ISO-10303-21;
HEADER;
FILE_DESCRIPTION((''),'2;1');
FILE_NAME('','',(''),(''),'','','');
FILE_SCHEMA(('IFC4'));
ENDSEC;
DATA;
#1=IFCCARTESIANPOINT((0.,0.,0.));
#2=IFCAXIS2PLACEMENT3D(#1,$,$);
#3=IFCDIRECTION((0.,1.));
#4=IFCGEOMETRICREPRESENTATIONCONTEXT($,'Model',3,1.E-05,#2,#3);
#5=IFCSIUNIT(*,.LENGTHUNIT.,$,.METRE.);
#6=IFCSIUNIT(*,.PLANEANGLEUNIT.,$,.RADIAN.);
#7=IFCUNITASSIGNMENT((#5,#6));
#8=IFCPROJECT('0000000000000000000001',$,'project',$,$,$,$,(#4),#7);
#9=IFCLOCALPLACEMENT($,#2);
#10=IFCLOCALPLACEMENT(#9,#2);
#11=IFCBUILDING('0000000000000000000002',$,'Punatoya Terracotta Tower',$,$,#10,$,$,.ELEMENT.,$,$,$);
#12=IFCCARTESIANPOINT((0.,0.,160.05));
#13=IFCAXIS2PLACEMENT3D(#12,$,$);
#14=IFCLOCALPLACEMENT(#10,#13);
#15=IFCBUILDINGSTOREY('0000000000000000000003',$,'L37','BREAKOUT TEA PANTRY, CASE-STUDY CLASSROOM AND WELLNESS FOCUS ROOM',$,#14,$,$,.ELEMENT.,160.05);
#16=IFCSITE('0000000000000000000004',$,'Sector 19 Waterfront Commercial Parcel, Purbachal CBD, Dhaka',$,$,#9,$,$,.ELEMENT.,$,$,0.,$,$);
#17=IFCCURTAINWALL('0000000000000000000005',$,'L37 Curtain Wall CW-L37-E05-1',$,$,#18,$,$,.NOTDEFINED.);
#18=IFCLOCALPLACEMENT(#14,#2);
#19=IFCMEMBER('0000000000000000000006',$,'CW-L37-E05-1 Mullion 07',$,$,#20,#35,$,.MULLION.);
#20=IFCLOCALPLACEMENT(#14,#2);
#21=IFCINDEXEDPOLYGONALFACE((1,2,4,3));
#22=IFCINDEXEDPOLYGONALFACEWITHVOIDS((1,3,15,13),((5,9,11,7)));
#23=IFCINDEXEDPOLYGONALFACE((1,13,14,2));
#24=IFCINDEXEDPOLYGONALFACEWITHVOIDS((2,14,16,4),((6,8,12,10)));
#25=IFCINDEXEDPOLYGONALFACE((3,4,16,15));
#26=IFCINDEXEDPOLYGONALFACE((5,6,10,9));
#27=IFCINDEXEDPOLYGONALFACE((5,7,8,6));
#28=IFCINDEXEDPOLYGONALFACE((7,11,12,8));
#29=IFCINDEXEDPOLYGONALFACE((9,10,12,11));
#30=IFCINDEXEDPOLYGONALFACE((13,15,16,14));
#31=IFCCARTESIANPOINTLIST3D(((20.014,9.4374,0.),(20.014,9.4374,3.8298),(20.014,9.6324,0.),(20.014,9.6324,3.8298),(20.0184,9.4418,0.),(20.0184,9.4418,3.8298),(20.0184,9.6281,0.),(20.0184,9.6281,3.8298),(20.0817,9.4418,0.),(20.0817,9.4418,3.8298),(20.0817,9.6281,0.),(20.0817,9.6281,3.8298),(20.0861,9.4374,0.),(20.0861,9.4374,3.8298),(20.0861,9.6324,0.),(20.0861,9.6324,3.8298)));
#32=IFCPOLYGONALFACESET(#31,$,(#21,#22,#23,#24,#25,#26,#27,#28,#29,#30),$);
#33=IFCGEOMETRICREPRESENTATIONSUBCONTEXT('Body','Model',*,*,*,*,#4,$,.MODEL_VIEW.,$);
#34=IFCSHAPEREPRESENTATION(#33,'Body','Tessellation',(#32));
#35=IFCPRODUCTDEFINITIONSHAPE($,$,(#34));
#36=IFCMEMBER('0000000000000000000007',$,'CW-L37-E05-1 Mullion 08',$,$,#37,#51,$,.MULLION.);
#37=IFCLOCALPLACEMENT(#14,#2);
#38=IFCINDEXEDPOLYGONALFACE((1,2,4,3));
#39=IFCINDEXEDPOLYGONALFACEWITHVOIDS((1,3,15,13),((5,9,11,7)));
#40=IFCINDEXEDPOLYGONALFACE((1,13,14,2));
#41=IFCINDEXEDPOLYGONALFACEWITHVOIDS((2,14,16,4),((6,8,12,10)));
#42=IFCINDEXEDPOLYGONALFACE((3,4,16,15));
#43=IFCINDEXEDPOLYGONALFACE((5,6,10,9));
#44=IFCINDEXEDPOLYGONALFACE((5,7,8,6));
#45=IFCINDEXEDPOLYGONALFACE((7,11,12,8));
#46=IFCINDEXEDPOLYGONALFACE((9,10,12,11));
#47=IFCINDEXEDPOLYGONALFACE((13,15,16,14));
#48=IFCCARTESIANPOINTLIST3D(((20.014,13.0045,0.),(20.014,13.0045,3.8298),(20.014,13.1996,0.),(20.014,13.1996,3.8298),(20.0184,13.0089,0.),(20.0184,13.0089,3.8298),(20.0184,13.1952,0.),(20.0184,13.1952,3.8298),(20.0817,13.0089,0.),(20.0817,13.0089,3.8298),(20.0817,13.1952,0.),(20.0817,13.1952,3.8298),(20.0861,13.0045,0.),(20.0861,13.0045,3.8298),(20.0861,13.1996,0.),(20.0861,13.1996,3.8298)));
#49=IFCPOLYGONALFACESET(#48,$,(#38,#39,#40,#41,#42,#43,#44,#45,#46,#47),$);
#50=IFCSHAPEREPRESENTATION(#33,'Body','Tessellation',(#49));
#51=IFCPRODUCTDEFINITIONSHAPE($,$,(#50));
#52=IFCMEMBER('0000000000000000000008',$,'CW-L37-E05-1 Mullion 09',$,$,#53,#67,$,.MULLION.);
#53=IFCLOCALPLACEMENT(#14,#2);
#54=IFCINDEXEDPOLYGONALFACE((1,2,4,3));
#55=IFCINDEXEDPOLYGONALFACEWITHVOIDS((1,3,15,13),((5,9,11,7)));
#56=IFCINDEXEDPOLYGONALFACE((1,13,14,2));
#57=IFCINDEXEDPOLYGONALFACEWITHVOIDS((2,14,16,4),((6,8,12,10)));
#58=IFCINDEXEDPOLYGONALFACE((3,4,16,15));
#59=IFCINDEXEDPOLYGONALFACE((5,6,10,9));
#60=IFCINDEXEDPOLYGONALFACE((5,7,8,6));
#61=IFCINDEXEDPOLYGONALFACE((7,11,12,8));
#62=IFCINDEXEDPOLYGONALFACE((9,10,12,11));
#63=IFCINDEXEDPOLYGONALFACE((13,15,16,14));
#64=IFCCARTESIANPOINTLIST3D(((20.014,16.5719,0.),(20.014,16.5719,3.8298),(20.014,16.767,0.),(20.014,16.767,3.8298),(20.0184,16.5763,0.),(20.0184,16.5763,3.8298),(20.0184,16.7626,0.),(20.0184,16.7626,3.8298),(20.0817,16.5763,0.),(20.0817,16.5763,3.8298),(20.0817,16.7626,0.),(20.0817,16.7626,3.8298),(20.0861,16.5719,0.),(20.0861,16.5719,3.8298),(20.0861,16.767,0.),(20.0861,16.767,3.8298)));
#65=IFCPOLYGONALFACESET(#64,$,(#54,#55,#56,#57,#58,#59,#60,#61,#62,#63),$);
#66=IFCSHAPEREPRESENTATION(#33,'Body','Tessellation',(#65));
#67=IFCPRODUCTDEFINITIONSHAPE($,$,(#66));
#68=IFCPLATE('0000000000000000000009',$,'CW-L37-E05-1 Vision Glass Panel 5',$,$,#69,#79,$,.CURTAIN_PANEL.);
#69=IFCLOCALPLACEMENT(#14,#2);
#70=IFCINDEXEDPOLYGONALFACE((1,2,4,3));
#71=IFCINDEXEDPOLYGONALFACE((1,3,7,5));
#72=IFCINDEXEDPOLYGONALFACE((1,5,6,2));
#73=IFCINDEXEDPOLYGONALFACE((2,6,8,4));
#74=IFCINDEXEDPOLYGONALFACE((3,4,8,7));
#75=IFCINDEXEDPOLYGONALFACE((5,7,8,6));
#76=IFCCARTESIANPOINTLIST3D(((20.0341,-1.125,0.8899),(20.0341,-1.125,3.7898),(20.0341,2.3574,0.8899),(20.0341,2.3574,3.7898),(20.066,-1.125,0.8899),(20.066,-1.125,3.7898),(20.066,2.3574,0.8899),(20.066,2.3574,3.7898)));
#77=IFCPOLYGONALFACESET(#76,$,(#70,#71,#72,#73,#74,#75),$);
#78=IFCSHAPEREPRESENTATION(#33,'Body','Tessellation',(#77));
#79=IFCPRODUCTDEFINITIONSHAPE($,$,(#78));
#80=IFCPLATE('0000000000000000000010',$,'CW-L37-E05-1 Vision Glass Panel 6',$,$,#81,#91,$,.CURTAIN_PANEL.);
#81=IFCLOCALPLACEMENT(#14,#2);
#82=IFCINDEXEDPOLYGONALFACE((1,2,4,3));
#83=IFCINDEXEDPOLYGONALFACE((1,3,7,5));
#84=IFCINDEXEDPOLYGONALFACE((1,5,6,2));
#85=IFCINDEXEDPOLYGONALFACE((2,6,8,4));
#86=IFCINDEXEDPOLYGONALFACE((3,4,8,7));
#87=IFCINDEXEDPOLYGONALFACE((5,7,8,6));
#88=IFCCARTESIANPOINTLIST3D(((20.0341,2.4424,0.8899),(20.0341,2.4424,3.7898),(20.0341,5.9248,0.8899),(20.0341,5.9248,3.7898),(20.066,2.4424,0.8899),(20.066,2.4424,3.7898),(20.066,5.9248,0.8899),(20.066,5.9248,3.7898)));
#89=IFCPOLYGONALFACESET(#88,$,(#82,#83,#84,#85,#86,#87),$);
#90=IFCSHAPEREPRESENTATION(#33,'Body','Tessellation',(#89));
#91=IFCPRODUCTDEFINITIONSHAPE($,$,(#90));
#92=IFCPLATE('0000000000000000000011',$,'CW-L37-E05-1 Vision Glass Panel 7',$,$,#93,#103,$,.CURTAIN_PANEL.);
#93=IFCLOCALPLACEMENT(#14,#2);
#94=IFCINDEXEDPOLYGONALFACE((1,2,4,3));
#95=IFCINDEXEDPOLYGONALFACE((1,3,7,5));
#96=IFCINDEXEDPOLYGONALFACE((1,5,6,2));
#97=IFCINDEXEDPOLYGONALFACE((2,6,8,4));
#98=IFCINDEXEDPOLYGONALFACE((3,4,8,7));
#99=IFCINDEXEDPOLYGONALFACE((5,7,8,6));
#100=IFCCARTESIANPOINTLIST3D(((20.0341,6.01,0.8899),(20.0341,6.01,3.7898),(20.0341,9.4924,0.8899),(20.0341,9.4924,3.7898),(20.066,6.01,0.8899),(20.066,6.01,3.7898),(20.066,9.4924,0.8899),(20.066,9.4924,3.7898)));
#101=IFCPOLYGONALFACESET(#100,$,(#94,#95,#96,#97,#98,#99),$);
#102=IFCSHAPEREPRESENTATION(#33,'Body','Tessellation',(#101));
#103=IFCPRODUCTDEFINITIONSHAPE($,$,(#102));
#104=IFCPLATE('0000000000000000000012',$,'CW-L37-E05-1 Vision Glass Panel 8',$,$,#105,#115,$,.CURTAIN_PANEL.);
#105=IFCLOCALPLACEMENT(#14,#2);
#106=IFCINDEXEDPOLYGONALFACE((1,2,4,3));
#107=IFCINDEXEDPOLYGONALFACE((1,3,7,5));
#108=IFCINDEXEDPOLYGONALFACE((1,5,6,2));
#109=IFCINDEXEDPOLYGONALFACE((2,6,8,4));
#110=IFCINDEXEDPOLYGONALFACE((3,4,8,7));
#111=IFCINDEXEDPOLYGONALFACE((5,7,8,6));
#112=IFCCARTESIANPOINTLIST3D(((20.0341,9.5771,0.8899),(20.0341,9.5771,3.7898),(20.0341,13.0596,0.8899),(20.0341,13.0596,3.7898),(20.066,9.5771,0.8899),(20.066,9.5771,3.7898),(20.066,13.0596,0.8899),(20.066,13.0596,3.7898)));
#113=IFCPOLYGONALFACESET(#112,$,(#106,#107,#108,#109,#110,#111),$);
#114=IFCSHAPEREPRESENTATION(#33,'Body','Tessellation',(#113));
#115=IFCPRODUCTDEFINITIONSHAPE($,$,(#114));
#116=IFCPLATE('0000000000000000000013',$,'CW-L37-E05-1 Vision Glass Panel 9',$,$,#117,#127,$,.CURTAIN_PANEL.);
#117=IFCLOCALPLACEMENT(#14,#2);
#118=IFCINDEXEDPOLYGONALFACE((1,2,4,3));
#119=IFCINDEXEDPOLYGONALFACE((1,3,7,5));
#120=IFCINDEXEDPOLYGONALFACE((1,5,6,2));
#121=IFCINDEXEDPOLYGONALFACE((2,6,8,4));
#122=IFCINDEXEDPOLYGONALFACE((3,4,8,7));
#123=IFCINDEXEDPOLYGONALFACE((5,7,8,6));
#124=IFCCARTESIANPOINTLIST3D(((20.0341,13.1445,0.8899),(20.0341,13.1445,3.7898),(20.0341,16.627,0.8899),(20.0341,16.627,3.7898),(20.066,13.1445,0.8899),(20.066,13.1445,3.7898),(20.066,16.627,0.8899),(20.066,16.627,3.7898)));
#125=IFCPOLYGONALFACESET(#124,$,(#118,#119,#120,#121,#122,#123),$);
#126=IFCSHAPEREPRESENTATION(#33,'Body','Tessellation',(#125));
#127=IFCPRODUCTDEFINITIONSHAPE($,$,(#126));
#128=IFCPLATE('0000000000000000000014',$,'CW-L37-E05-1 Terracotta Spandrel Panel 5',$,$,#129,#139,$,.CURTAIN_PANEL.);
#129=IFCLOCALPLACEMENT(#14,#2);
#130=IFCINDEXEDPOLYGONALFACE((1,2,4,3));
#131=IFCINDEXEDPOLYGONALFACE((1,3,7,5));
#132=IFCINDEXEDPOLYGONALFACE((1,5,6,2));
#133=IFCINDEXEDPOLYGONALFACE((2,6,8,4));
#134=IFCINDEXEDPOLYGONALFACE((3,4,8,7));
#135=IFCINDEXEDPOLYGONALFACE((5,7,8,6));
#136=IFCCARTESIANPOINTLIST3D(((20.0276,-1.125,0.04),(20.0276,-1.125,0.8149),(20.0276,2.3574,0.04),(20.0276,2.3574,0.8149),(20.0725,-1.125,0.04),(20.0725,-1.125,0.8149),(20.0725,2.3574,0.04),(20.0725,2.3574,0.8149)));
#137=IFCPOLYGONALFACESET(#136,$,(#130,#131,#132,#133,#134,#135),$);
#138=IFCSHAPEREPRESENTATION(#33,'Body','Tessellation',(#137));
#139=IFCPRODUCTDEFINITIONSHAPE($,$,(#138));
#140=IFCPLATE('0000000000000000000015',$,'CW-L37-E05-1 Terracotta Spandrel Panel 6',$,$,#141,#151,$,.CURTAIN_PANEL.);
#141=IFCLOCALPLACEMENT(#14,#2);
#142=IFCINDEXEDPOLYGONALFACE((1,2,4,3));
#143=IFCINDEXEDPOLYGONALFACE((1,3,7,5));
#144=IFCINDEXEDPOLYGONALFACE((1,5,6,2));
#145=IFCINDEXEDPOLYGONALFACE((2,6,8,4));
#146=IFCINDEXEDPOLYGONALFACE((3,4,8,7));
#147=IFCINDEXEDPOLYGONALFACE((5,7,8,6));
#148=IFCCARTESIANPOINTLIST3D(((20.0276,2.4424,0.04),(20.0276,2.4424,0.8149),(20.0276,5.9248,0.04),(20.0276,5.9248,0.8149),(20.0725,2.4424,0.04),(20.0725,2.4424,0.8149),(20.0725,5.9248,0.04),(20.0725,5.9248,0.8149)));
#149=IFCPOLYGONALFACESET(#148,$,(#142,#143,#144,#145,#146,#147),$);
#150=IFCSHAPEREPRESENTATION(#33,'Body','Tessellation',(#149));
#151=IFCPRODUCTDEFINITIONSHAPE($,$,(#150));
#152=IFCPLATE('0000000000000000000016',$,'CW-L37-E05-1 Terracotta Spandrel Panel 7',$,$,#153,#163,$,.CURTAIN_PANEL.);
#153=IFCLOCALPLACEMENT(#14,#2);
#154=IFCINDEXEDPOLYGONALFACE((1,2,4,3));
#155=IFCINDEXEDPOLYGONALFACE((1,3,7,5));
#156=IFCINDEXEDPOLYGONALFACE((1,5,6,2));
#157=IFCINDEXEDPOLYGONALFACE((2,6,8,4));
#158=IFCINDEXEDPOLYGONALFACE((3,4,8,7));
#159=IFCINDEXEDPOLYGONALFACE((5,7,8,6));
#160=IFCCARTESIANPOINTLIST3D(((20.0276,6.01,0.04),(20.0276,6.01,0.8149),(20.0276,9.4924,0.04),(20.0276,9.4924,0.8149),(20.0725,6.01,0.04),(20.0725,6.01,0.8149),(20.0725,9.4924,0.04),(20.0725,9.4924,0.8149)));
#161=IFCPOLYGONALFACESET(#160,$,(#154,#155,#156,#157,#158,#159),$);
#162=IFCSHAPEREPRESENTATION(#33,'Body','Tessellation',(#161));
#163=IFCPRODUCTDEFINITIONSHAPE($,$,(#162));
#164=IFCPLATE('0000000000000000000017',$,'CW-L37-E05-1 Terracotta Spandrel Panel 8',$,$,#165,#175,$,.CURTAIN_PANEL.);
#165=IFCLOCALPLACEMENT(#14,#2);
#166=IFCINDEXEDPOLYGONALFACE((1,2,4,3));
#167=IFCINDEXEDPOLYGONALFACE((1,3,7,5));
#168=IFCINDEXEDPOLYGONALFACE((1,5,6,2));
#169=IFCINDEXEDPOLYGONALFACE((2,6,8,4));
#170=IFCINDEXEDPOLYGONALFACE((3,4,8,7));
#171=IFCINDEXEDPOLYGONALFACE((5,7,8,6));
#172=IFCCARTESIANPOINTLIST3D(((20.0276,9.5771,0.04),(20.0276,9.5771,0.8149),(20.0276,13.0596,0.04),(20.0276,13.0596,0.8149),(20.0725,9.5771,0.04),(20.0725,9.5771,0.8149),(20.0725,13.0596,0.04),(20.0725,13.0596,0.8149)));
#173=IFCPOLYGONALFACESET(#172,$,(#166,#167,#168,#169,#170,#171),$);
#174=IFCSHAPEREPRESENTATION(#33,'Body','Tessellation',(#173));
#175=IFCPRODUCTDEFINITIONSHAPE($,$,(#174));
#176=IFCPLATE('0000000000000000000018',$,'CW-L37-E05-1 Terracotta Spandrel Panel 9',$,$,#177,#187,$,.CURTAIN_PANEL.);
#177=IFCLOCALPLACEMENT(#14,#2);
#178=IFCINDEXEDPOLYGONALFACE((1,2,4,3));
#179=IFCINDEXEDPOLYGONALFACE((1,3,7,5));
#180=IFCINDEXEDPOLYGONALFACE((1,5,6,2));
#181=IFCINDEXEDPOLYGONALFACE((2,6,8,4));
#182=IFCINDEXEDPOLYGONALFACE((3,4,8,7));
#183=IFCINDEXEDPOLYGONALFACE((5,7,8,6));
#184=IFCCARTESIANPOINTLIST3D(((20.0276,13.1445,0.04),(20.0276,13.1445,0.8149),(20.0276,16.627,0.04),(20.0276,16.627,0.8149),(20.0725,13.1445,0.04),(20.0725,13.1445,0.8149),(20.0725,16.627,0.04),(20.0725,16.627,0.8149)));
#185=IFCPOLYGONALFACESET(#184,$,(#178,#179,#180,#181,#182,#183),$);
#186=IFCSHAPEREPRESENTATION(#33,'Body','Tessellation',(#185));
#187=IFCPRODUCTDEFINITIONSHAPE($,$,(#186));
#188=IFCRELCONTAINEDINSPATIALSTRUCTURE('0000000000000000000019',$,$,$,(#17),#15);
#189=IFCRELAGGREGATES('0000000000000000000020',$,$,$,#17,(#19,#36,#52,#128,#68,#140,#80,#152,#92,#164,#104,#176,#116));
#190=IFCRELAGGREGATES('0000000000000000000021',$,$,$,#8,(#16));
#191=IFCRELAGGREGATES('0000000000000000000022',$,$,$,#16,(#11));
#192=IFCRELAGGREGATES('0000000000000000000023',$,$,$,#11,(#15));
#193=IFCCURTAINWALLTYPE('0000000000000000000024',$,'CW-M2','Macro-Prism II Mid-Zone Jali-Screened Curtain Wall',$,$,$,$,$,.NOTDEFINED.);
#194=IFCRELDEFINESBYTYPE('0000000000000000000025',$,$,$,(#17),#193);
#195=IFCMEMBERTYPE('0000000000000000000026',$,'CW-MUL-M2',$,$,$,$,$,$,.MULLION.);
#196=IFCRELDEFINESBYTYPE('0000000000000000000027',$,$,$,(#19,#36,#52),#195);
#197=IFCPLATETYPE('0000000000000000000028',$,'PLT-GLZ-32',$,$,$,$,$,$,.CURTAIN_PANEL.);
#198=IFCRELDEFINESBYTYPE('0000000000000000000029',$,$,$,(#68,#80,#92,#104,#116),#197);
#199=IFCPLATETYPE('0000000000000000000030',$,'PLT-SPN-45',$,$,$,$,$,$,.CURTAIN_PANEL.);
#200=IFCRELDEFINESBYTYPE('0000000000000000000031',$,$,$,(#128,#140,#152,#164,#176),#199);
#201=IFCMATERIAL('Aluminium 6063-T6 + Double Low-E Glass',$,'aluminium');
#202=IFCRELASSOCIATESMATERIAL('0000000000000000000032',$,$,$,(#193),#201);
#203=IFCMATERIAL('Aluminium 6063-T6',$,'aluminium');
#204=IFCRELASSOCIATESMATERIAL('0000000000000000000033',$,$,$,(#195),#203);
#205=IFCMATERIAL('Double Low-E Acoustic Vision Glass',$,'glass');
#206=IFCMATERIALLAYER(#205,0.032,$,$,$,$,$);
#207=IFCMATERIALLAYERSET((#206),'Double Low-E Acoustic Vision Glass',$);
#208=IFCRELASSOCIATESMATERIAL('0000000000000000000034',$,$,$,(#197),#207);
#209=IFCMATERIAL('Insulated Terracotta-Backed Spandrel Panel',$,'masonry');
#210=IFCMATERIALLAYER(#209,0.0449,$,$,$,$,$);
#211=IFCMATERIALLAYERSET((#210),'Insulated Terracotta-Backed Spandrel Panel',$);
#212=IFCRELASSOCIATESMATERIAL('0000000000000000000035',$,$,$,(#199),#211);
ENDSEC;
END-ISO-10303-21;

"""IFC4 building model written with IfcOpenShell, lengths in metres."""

from ifc_helpers import new_model, si_unit, direction, frame, origin, origin_2d, place, context, subcontext, project, spatial, rectangle, hollow_rectangle, extrude, material, layer, layer_set, material_profile, profile_set, type_object, element, aggregate, save


model = new_model("IFC4")

# Units and contexts
model_context = context("Model", 3, precision=1e-05, world=origin(), true_north=direction((0.0, 1.0)))
body_context = subcontext(model_context, "Body", "Model", "MODEL_VIEW")
ifc_project = project(units=[si_unit("LENGTHUNIT", "METRE"), si_unit("PLANEANGLEUNIT", "RADIAN")], contexts=[model_context])

# Site, building, storey
site_placement = place(None, origin())
site = spatial("IfcSite", under=ifc_project, at=site_placement, Name="Sector 19 Waterfront Commercial Parcel, Purbachal CBD, Dhaka", CompositionType="ELEMENT", RefElevation=0.0)
building_placement = place(site_placement, origin())
building = spatial("IfcBuilding", under=site, at=building_placement, Name="Punatoya Terracotta Tower", CompositionType="ELEMENT")
storey_placement = place(building_placement, frame((0.0, 0.0, 160.05)))
storey = spatial("IfcBuildingStorey", under=building, at=storey_placement, Name="L37", Description="BREAKOUT TEA PANTRY, CASE-STUDY CLASSROOM AND WELLNESS FOCUS ROOM", CompositionType="ELEMENT", Elevation=160.05)

# Curtain wall, members, plates
ifc_material_1 = material(Name="Aluminium 6063-T6 + Double Low-E Glass", Category="aluminium")
curtain_wall_type = type_object("IfcCurtainWallType", Name="CW-M2", Description="Macro-Prism II Mid-Zone Jali-Screened Curtain Wall", PredefinedType="NOTDEFINED", material=ifc_material_1)
curtain_wall_placement = place(storey_placement, origin())
curtain_wall = element("IfcCurtainWall", 1, at=curtain_wall_placement, inside=storey, type_object=curtain_wall_type, Name="L37 Curtain Wall CW-L37-E05-1", PredefinedType="NOTDEFINED")
ifc_material_2 = material(Name="Aluminium 6063-T6", Category="aluminium")
ifc_material_profile_1 = material_profile(ifc_material_2, hollow_rectangle(XDim=0.072, YDim=0.1951, WallThickness=0.0044, at=origin_2d()))
ifc_profile_set_1 = profile_set([ifc_material_profile_1], Name="Aluminium 6063-T6")
member_type = type_object("IfcMemberType", Name="CW-MUL-M2", PredefinedType="MULLION", material=ifc_profile_set_1)
member_1_placement = place(storey_placement, frame((20.05, 9.5349, 0.0), z_axis=(0.0, 0.0, 1.0), x_axis=(1.0, 0.0, 0.0)))
member_1 = element("IfcMember", 2, at=member_1_placement, type_object=member_type, Name="CW-L37-E05-1 Mullion 07", PredefinedType="MULLION", context=body_context, shape_type="SweptSolid", body=[
    extrude(hollow_rectangle(XDim=0.072, YDim=0.1951, WallThickness=0.0044, at=origin_2d()), origin(), (0.0, 0.0, 1.0), 3.8298),
])
member_2_placement = place(storey_placement, frame((20.05, 13.1021, 0.0), z_axis=(0.0, 0.0, 1.0), x_axis=(1.0, 0.0, 0.0)))
member_2 = element("IfcMember", 3, at=member_2_placement, type_object=member_type, Name="CW-L37-E05-1 Mullion 08", PredefinedType="MULLION", context=body_context, shape_type="SweptSolid", body=[
    extrude(hollow_rectangle(XDim=0.072, YDim=0.1951, WallThickness=0.0044, at=origin_2d()), origin(), (0.0, 0.0, 1.0), 3.8298),
])
member_3_placement = place(storey_placement, frame((20.05, 16.6694, 0.0), z_axis=(0.0, 0.0, 1.0), x_axis=(1.0, 0.0, 0.0)))
member_3 = element("IfcMember", 4, at=member_3_placement, type_object=member_type, Name="CW-L37-E05-1 Mullion 09", PredefinedType="MULLION", context=body_context, shape_type="SweptSolid", body=[
    extrude(hollow_rectangle(XDim=0.072, YDim=0.1951, WallThickness=0.0044, at=origin_2d()), origin(), (0.0, 0.0, 1.0), 3.8298),
])
ifc_material_3 = material(Name="Double Low-E Acoustic Vision Glass", Category="glass")
ifc_layer_1 = layer(ifc_material_3, 0.032)
ifc_layer_set_1 = layer_set([ifc_layer_1], Name="Double Low-E Acoustic Vision Glass")
plate_type_1 = type_object("IfcPlateType", Name="PLT-GLZ-32", PredefinedType="CURTAIN_PANEL", material=ifc_layer_set_1)
plate_1_placement = place(storey_placement, frame((20.05, 0.6162, 0.8899), z_axis=(0.0, 0.0, 1.0), x_axis=(0.0, 1.0, 0.0)))
plate_1 = element("IfcPlate", 5, at=plate_1_placement, type_object=plate_type_1, Name="CW-L37-E05-1 Vision Glass Panel 5", PredefinedType="CURTAIN_PANEL", context=body_context, shape_type="SweptSolid", body=[
    extrude(rectangle(XDim=3.4824, YDim=0.032, at=origin_2d()), origin(), (0.0, 0.0, 1.0), 2.8999),
])
plate_2_placement = place(storey_placement, frame((20.05, 4.1836, 0.8899), z_axis=(0.0, 0.0, 1.0), x_axis=(0.0, 1.0, 0.0)))
plate_2 = element("IfcPlate", 6, at=plate_2_placement, type_object=plate_type_1, Name="CW-L37-E05-1 Vision Glass Panel 6", PredefinedType="CURTAIN_PANEL", context=body_context, shape_type="SweptSolid", body=[
    extrude(rectangle(XDim=3.4824, YDim=0.032, at=origin_2d()), origin(), (0.0, 0.0, 1.0), 2.8999),
])
plate_3_placement = place(storey_placement, frame((20.05, 7.7512, 0.8899), z_axis=(0.0, 0.0, 1.0), x_axis=(0.0, 1.0, 0.0)))
plate_3 = element("IfcPlate", 7, at=plate_3_placement, type_object=plate_type_1, Name="CW-L37-E05-1 Vision Glass Panel 7", PredefinedType="CURTAIN_PANEL", context=body_context, shape_type="SweptSolid", body=[
    extrude(rectangle(XDim=3.4824, YDim=0.032, at=origin_2d()), origin(), (0.0, 0.0, 1.0), 2.8999),
])
plate_4_placement = place(storey_placement, frame((20.05, 11.3184, 0.8899), z_axis=(0.0, 0.0, 1.0), x_axis=(0.0, 1.0, 0.0)))
plate_4 = element("IfcPlate", 8, at=plate_4_placement, type_object=plate_type_1, Name="CW-L37-E05-1 Vision Glass Panel 8", PredefinedType="CURTAIN_PANEL", context=body_context, shape_type="SweptSolid", body=[
    extrude(rectangle(XDim=3.4824, YDim=0.032, at=origin_2d()), origin(), (0.0, 0.0, 1.0), 2.8999),
])
plate_5_placement = place(storey_placement, frame((20.05, 14.8857, 0.8899), z_axis=(0.0, 0.0, 1.0), x_axis=(0.0, 1.0, 0.0)))
plate_5 = element("IfcPlate", 9, at=plate_5_placement, type_object=plate_type_1, Name="CW-L37-E05-1 Vision Glass Panel 9", PredefinedType="CURTAIN_PANEL", context=body_context, shape_type="SweptSolid", body=[
    extrude(rectangle(XDim=3.4824, YDim=0.032, at=origin_2d()), origin(), (0.0, 0.0, 1.0), 2.8999),
])
ifc_material_4 = material(Name="Insulated Terracotta-Backed Spandrel Panel", Category="masonry")
ifc_layer_2 = layer(ifc_material_4, 0.0449)
ifc_layer_set_2 = layer_set([ifc_layer_2], Name="Insulated Terracotta-Backed Spandrel Panel")
plate_type_2 = type_object("IfcPlateType", Name="PLT-SPN-45", PredefinedType="CURTAIN_PANEL", material=ifc_layer_set_2)
plate_6_placement = place(storey_placement, frame((20.05, 0.6162, 0.04), z_axis=(0.0, 0.0, 1.0), x_axis=(0.0, 1.0, 0.0)))
plate_6 = element("IfcPlate", 10, at=plate_6_placement, type_object=plate_type_2, Name="CW-L37-E05-1 Terracotta Spandrel Panel 5", PredefinedType="CURTAIN_PANEL", context=body_context, shape_type="SweptSolid", body=[
    extrude(rectangle(XDim=3.4824, YDim=0.0449, at=origin_2d()), origin(), (0.0, 0.0, 1.0), 0.7749),
])
plate_7_placement = place(storey_placement, frame((20.05, 4.1836, 0.04), z_axis=(0.0, 0.0, 1.0), x_axis=(0.0, 1.0, 0.0)))
plate_7 = element("IfcPlate", 11, at=plate_7_placement, type_object=plate_type_2, Name="CW-L37-E05-1 Terracotta Spandrel Panel 6", PredefinedType="CURTAIN_PANEL", context=body_context, shape_type="SweptSolid", body=[
    extrude(rectangle(XDim=3.4824, YDim=0.0449, at=origin_2d()), origin(), (0.0, 0.0, 1.0), 0.7749),
])
plate_8_placement = place(storey_placement, frame((20.05, 7.7512, 0.04), z_axis=(0.0, 0.0, 1.0), x_axis=(0.0, 1.0, 0.0)))
plate_8 = element("IfcPlate", 12, at=plate_8_placement, type_object=plate_type_2, Name="CW-L37-E05-1 Terracotta Spandrel Panel 7", PredefinedType="CURTAIN_PANEL", context=body_context, shape_type="SweptSolid", body=[
    extrude(rectangle(XDim=3.4824, YDim=0.0449, at=origin_2d()), origin(), (0.0, 0.0, 1.0), 0.7749),
])
plate_9_placement = place(storey_placement, frame((20.05, 11.3184, 0.04), z_axis=(0.0, 0.0, 1.0), x_axis=(0.0, 1.0, 0.0)))
plate_9 = element("IfcPlate", 13, at=plate_9_placement, type_object=plate_type_2, Name="CW-L37-E05-1 Terracotta Spandrel Panel 8", PredefinedType="CURTAIN_PANEL", context=body_context, shape_type="SweptSolid", body=[
    extrude(rectangle(XDim=3.4824, YDim=0.0449, at=origin_2d()), origin(), (0.0, 0.0, 1.0), 0.7749),
])
plate_10_placement = place(storey_placement, frame((20.05, 14.8857, 0.04), z_axis=(0.0, 0.0, 1.0), x_axis=(0.0, 1.0, 0.0)))
plate_10 = element("IfcPlate", 14, at=plate_10_placement, type_object=plate_type_2, Name="CW-L37-E05-1 Terracotta Spandrel Panel 9", PredefinedType="CURTAIN_PANEL", context=body_context, shape_type="SweptSolid", body=[
    extrude(rectangle(XDim=3.4824, YDim=0.0449, at=origin_2d()), origin(), (0.0, 0.0, 1.0), 0.7749),
])
aggregate(curtain_wall, [member_1, member_2, member_3, plate_6, plate_1, plate_7, plate_2, plate_8, plate_3, plate_9, plate_4, plate_10, plate_5])

save(model, "model.ifc")
